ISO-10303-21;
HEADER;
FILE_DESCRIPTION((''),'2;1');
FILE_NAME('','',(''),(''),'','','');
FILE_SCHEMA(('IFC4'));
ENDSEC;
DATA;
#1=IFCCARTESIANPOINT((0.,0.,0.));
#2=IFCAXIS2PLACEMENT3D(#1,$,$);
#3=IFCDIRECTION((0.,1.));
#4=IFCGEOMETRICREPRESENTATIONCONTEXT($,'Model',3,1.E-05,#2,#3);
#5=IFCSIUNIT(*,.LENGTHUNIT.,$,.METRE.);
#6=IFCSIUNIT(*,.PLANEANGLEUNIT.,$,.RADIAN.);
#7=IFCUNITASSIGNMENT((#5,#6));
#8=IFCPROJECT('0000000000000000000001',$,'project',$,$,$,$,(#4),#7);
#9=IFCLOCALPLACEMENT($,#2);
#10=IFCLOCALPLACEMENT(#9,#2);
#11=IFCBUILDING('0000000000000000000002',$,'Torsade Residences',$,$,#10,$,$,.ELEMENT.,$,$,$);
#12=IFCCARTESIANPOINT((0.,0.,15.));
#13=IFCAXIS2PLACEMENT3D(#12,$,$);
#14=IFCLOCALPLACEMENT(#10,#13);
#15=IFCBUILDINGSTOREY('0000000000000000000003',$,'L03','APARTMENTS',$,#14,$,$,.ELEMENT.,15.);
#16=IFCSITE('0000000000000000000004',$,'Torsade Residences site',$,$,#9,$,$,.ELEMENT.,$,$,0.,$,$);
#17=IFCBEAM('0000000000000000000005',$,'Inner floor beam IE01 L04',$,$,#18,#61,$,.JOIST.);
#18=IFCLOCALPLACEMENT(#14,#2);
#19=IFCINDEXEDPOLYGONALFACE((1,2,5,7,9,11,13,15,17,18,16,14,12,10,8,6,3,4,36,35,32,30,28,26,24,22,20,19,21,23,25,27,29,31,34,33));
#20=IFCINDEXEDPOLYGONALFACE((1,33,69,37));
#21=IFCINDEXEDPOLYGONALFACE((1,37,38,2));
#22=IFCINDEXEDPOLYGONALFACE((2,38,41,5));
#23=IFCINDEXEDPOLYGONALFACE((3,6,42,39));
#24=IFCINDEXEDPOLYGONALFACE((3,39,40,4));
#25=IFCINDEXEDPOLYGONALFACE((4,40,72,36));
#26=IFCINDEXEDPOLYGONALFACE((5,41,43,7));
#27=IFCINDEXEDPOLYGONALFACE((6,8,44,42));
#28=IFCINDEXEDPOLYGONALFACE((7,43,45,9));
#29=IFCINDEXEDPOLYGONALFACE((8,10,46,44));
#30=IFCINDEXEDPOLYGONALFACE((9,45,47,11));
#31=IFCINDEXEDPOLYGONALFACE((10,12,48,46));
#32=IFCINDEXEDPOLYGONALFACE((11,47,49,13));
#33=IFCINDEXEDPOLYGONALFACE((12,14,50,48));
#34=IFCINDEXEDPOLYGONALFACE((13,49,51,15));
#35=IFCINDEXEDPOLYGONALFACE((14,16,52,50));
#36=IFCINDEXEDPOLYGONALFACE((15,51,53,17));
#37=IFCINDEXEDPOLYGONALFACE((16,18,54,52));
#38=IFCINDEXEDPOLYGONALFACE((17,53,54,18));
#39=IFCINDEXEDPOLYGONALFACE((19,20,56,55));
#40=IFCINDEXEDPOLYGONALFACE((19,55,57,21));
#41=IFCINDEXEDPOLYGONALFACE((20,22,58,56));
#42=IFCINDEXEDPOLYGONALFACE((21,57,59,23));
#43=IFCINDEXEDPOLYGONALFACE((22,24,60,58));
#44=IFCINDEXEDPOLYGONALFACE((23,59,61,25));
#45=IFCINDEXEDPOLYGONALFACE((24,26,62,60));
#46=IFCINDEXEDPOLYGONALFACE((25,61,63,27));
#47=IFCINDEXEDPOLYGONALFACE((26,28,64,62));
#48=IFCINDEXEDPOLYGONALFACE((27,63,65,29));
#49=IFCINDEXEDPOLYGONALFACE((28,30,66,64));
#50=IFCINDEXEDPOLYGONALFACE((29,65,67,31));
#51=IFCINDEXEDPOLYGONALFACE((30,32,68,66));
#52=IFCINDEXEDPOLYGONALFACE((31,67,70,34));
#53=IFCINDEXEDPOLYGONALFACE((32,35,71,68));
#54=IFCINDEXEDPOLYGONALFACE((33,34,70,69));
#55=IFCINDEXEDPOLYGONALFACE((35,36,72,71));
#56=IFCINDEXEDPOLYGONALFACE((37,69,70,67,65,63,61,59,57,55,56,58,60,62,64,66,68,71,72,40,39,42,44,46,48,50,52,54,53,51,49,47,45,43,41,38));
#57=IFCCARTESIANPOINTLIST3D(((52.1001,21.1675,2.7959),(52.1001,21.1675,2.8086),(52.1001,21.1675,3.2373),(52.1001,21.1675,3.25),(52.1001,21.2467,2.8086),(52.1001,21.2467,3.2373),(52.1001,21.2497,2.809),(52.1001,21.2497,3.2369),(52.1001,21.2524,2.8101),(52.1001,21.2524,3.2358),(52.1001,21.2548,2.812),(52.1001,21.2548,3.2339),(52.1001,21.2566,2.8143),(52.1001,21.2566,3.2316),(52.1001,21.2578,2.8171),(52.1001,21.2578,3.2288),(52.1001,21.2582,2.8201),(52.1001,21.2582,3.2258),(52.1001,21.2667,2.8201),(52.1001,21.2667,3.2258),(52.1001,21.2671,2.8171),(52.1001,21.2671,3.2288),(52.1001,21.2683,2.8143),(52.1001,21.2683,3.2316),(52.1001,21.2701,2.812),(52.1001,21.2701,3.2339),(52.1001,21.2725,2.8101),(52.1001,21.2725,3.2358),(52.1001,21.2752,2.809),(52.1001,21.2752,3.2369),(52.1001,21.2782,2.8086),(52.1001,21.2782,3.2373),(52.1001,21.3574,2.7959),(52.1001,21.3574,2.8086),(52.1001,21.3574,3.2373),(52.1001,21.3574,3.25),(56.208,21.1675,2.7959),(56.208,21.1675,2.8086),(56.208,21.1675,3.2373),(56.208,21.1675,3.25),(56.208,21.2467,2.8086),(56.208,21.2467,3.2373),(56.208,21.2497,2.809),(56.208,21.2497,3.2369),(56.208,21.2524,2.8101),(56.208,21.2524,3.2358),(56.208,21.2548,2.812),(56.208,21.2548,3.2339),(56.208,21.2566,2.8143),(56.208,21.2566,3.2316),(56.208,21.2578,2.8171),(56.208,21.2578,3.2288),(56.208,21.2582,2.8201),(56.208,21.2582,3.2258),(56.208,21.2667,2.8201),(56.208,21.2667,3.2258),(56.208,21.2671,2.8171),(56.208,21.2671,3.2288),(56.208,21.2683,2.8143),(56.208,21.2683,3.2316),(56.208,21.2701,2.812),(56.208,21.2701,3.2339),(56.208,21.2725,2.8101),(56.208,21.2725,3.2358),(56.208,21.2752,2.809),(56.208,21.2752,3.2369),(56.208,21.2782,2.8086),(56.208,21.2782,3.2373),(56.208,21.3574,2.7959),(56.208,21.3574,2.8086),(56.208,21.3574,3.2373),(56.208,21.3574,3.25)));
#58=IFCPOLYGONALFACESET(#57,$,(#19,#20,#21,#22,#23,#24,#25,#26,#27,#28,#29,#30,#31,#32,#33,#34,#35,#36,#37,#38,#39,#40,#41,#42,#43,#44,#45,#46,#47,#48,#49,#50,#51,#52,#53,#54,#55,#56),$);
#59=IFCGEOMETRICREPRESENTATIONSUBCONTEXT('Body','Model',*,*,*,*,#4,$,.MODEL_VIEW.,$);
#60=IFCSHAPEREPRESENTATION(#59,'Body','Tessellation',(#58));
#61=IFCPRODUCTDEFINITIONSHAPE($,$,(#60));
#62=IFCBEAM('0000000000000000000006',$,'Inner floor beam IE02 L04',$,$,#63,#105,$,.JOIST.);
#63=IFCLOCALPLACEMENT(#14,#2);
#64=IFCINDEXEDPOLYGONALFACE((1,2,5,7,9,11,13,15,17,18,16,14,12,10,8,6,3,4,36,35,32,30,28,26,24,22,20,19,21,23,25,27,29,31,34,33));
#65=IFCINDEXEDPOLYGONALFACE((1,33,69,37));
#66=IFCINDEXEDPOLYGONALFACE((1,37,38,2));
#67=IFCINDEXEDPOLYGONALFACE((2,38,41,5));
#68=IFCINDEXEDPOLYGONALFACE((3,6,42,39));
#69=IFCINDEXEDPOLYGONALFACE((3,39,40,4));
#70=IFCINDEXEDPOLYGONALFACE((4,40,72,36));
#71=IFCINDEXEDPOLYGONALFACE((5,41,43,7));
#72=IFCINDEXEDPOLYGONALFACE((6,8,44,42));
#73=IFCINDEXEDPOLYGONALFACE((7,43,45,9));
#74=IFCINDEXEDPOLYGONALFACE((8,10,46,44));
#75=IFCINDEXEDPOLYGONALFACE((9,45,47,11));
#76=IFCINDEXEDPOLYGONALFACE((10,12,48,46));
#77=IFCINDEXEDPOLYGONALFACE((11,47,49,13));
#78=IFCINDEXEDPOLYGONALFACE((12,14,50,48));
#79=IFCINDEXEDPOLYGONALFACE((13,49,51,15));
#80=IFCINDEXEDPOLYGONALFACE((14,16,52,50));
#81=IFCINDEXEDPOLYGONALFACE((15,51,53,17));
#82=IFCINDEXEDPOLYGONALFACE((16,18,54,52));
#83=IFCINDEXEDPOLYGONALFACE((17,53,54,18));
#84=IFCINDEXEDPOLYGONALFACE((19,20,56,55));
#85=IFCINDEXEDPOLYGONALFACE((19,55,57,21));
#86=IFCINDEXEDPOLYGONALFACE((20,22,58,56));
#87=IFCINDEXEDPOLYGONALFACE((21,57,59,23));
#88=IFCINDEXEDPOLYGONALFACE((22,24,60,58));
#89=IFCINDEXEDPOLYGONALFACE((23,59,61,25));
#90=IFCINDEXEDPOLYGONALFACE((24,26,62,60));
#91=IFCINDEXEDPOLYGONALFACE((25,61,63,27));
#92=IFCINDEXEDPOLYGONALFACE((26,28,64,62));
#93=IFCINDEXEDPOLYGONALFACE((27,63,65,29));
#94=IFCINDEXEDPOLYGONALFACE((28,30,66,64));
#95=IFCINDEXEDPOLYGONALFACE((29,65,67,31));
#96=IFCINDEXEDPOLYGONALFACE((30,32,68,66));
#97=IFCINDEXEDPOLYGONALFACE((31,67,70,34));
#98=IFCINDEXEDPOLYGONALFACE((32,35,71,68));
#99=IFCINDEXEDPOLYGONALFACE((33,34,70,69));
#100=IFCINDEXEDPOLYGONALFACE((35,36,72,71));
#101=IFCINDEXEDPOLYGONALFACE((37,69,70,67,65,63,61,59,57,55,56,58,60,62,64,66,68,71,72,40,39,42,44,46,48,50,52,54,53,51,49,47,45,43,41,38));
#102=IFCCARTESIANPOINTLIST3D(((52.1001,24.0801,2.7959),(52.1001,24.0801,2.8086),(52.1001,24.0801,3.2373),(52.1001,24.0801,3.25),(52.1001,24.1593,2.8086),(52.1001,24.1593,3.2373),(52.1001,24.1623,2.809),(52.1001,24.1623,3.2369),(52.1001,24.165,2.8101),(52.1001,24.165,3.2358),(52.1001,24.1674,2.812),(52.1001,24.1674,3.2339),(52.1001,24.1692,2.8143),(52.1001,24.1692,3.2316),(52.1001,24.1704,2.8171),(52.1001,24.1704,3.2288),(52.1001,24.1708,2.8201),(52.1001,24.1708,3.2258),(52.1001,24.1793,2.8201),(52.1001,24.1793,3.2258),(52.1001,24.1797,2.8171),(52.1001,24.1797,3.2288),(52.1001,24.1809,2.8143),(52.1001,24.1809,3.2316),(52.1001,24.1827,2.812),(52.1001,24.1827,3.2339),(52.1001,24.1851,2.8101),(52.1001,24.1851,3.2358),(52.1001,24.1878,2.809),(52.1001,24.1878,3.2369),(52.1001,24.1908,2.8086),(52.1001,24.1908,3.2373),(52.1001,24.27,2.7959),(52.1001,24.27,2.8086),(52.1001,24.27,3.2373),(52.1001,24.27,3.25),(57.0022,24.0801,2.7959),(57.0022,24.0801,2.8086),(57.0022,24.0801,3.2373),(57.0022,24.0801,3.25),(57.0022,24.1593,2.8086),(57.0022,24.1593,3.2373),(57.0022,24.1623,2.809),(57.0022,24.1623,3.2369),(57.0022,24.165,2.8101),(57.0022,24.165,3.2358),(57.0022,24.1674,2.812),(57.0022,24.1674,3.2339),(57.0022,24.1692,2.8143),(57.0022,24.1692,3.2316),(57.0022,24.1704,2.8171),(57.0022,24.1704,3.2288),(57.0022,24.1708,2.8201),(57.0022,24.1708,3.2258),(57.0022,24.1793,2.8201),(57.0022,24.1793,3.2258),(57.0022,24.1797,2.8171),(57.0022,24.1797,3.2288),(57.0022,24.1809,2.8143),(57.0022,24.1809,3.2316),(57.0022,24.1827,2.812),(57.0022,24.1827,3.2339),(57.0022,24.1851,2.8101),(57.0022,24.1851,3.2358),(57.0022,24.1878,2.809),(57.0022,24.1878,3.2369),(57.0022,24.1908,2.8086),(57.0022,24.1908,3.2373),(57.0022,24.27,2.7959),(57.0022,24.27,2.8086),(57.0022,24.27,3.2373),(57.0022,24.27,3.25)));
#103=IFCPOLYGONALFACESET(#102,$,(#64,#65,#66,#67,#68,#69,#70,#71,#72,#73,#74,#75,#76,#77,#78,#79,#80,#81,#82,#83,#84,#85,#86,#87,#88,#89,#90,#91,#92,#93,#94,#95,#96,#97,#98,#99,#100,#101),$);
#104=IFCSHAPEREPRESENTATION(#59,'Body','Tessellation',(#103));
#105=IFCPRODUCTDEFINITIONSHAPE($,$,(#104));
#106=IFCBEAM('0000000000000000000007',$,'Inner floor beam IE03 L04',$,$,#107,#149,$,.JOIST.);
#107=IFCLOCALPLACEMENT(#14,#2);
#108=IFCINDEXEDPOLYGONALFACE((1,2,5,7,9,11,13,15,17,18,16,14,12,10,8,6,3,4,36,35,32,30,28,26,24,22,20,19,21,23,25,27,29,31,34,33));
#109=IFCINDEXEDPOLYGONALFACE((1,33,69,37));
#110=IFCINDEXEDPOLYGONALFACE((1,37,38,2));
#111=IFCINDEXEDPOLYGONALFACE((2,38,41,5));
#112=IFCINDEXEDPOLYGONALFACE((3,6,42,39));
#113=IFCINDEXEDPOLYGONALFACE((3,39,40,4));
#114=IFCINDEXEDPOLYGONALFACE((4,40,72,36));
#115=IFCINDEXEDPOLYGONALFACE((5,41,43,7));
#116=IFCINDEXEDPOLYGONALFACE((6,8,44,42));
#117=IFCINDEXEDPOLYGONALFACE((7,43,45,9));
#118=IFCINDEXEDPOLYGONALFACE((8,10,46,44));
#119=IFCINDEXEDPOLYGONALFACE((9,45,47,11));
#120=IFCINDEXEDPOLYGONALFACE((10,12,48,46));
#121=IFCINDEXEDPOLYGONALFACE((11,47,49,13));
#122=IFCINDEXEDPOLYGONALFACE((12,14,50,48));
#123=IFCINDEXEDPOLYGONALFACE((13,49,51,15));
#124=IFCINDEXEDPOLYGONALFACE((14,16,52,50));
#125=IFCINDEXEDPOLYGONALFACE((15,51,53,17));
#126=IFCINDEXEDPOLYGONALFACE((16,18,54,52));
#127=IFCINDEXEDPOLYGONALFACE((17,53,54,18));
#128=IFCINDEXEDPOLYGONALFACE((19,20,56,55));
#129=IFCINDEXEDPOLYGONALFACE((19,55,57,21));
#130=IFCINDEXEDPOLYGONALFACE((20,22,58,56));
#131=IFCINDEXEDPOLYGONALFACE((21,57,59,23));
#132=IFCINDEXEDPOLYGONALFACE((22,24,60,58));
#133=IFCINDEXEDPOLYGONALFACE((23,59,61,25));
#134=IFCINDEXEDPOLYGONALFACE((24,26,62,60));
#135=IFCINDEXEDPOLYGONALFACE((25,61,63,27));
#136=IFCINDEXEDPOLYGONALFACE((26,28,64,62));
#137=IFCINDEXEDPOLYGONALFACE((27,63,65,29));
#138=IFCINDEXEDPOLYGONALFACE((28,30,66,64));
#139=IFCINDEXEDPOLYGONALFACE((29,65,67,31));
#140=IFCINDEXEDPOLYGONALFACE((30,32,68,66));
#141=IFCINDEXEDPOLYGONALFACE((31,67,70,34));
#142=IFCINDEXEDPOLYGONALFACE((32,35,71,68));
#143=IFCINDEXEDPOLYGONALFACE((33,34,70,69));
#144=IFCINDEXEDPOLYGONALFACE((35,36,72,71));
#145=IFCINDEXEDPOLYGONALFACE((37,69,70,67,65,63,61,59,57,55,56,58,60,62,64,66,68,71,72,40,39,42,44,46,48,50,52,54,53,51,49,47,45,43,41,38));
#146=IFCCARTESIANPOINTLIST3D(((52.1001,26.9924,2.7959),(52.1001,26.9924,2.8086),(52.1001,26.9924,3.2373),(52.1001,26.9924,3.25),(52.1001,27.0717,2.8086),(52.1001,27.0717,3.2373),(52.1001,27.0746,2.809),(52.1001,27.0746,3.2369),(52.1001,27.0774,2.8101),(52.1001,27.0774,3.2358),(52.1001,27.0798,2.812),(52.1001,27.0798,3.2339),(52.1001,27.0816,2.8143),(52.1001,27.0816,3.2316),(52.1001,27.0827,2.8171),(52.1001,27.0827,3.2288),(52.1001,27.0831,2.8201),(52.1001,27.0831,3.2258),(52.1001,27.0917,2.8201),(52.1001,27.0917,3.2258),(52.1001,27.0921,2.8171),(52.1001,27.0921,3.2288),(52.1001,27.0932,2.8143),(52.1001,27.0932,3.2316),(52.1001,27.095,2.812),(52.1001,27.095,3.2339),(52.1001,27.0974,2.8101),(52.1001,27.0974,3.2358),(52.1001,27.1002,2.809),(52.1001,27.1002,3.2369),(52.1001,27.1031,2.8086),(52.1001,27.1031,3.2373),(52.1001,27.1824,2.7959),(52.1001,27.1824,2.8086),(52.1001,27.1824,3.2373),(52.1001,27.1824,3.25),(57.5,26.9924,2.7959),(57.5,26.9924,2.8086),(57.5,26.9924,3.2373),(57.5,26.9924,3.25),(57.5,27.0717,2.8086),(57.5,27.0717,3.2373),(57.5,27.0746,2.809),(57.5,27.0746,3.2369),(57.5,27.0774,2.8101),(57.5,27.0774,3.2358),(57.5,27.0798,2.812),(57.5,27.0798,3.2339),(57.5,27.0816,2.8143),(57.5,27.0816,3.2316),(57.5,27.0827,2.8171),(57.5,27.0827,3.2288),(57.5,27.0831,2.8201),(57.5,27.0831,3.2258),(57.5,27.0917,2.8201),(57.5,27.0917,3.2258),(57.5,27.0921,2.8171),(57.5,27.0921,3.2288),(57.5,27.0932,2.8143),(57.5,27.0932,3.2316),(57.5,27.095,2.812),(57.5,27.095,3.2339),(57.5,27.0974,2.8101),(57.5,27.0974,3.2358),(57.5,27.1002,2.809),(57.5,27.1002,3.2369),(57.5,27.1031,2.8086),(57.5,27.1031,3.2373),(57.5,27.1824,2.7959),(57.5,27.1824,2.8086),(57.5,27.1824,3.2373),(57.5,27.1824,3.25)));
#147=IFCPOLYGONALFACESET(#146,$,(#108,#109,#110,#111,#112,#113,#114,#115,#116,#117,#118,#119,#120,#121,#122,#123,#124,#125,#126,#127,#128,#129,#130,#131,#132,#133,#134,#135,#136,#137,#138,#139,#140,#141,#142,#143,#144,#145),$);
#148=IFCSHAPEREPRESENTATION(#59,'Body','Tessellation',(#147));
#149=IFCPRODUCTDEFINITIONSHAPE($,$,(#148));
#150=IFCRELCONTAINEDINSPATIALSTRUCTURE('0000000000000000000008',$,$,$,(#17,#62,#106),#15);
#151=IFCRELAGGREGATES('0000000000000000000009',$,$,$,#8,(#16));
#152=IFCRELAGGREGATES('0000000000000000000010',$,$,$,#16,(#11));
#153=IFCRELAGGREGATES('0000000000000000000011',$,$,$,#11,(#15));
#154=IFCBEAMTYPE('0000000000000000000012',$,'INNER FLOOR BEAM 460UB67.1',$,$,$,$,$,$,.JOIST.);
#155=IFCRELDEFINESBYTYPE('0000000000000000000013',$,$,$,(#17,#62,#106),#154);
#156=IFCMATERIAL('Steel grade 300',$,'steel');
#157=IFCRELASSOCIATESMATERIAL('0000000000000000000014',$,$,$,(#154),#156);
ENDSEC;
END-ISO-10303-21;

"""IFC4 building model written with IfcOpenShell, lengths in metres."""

from ifc_helpers import new_model, si_unit, direction, frame, origin, origin_2d, place, context, subcontext, project, spatial, i_section, extrude, material, material_profile, profile_set, type_object, element, save


model = new_model("IFC4")

# Units and contexts
model_context = context("Model", 3, precision=1e-05, world=origin(), true_north=direction((0.0, 1.0)))
body_context = subcontext(model_context, "Body", "Model", "MODEL_VIEW")
ifc_project = project(units=[si_unit("LENGTHUNIT", "METRE"), si_unit("PLANEANGLEUNIT", "RADIAN")], contexts=[model_context])

# Site, building, storey
site_placement = place(None, origin())
site = spatial("IfcSite", under=ifc_project, at=site_placement, Name="Torsade Residences site", CompositionType="ELEMENT", RefElevation=0.0)
building_placement = place(site_placement, origin())
building = spatial("IfcBuilding", under=site, at=building_placement, Name="Torsade Residences", CompositionType="ELEMENT")
storey_placement = place(building_placement, frame((0.0, 0.0, 15.0)))
storey = spatial("IfcBuildingStorey", under=building, at=storey_placement, Name="L03", Description="APARTMENTS", CompositionType="ELEMENT", Elevation=15.0)

# Beams
ifc_material_1 = material(Name="Steel grade 300", Category="steel")
ifc_material_profile = material_profile(ifc_material_1, i_section(OverallWidth=0.1899, OverallDepth=0.4541, WebThickness=0.0085, FlangeThickness=0.0127, FilletRadius=0.0115, at=origin_2d()), Name="460UB67.1")
ifc_profile_set = profile_set([ifc_material_profile], Name="Steel grade 300")
beam_type = type_object("IfcBeamType", Name="INNER FLOOR BEAM 460UB67.1", PredefinedType="JOIST", material=ifc_profile_set)
beam_1_placement = place(storey_placement, frame((52.1001, 21.2625, 3.0229), z_axis=(1.0, 0.0, 0.0), x_axis=(0.0, 1.0, 0.0)))
element("IfcBeam", 1, at=beam_1_placement, inside=storey, type_object=beam_type, Name="Inner floor beam IE01 L04", PredefinedType="JOIST", context=body_context, shape_type="SweptSolid", body=[
    extrude(i_section(OverallWidth=0.1899, OverallDepth=0.4541, WebThickness=0.0085, FlangeThickness=0.0127, FilletRadius=0.0115, at=origin_2d()), origin(), (0.0, 0.0, 1.0), 4.1079),
])
beam_2_placement = place(storey_placement, frame((52.1001, 24.175, 3.0229), z_axis=(1.0, 0.0, 0.0), x_axis=(0.0, 1.0, 0.0)))
element("IfcBeam", 2, at=beam_2_placement, inside=storey, type_object=beam_type, Name="Inner floor beam IE02 L04", PredefinedType="JOIST", context=body_context, shape_type="SweptSolid", body=[
    extrude(i_section(OverallWidth=0.1899, OverallDepth=0.4541, WebThickness=0.0085, FlangeThickness=0.0127, FilletRadius=0.0115, at=origin_2d()), origin(), (0.0, 0.0, 1.0), 4.9021),
])
beam_3_placement = place(storey_placement, frame((52.1001, 27.0874, 3.0229), z_axis=(1.0, 0.0, 0.0), x_axis=(0.0, 1.0, 0.0)))
element("IfcBeam", 3, at=beam_3_placement, inside=storey, type_object=beam_type, Name="Inner floor beam IE03 L04", PredefinedType="JOIST", context=body_context, shape_type="SweptSolid", body=[
    extrude(i_section(OverallWidth=0.1899, OverallDepth=0.4541, WebThickness=0.0085, FlangeThickness=0.0127, FilletRadius=0.0115, at=origin_2d()), origin(), (0.0, 0.0, 1.0), 5.3999),
])

save(model, "model.ifc")
